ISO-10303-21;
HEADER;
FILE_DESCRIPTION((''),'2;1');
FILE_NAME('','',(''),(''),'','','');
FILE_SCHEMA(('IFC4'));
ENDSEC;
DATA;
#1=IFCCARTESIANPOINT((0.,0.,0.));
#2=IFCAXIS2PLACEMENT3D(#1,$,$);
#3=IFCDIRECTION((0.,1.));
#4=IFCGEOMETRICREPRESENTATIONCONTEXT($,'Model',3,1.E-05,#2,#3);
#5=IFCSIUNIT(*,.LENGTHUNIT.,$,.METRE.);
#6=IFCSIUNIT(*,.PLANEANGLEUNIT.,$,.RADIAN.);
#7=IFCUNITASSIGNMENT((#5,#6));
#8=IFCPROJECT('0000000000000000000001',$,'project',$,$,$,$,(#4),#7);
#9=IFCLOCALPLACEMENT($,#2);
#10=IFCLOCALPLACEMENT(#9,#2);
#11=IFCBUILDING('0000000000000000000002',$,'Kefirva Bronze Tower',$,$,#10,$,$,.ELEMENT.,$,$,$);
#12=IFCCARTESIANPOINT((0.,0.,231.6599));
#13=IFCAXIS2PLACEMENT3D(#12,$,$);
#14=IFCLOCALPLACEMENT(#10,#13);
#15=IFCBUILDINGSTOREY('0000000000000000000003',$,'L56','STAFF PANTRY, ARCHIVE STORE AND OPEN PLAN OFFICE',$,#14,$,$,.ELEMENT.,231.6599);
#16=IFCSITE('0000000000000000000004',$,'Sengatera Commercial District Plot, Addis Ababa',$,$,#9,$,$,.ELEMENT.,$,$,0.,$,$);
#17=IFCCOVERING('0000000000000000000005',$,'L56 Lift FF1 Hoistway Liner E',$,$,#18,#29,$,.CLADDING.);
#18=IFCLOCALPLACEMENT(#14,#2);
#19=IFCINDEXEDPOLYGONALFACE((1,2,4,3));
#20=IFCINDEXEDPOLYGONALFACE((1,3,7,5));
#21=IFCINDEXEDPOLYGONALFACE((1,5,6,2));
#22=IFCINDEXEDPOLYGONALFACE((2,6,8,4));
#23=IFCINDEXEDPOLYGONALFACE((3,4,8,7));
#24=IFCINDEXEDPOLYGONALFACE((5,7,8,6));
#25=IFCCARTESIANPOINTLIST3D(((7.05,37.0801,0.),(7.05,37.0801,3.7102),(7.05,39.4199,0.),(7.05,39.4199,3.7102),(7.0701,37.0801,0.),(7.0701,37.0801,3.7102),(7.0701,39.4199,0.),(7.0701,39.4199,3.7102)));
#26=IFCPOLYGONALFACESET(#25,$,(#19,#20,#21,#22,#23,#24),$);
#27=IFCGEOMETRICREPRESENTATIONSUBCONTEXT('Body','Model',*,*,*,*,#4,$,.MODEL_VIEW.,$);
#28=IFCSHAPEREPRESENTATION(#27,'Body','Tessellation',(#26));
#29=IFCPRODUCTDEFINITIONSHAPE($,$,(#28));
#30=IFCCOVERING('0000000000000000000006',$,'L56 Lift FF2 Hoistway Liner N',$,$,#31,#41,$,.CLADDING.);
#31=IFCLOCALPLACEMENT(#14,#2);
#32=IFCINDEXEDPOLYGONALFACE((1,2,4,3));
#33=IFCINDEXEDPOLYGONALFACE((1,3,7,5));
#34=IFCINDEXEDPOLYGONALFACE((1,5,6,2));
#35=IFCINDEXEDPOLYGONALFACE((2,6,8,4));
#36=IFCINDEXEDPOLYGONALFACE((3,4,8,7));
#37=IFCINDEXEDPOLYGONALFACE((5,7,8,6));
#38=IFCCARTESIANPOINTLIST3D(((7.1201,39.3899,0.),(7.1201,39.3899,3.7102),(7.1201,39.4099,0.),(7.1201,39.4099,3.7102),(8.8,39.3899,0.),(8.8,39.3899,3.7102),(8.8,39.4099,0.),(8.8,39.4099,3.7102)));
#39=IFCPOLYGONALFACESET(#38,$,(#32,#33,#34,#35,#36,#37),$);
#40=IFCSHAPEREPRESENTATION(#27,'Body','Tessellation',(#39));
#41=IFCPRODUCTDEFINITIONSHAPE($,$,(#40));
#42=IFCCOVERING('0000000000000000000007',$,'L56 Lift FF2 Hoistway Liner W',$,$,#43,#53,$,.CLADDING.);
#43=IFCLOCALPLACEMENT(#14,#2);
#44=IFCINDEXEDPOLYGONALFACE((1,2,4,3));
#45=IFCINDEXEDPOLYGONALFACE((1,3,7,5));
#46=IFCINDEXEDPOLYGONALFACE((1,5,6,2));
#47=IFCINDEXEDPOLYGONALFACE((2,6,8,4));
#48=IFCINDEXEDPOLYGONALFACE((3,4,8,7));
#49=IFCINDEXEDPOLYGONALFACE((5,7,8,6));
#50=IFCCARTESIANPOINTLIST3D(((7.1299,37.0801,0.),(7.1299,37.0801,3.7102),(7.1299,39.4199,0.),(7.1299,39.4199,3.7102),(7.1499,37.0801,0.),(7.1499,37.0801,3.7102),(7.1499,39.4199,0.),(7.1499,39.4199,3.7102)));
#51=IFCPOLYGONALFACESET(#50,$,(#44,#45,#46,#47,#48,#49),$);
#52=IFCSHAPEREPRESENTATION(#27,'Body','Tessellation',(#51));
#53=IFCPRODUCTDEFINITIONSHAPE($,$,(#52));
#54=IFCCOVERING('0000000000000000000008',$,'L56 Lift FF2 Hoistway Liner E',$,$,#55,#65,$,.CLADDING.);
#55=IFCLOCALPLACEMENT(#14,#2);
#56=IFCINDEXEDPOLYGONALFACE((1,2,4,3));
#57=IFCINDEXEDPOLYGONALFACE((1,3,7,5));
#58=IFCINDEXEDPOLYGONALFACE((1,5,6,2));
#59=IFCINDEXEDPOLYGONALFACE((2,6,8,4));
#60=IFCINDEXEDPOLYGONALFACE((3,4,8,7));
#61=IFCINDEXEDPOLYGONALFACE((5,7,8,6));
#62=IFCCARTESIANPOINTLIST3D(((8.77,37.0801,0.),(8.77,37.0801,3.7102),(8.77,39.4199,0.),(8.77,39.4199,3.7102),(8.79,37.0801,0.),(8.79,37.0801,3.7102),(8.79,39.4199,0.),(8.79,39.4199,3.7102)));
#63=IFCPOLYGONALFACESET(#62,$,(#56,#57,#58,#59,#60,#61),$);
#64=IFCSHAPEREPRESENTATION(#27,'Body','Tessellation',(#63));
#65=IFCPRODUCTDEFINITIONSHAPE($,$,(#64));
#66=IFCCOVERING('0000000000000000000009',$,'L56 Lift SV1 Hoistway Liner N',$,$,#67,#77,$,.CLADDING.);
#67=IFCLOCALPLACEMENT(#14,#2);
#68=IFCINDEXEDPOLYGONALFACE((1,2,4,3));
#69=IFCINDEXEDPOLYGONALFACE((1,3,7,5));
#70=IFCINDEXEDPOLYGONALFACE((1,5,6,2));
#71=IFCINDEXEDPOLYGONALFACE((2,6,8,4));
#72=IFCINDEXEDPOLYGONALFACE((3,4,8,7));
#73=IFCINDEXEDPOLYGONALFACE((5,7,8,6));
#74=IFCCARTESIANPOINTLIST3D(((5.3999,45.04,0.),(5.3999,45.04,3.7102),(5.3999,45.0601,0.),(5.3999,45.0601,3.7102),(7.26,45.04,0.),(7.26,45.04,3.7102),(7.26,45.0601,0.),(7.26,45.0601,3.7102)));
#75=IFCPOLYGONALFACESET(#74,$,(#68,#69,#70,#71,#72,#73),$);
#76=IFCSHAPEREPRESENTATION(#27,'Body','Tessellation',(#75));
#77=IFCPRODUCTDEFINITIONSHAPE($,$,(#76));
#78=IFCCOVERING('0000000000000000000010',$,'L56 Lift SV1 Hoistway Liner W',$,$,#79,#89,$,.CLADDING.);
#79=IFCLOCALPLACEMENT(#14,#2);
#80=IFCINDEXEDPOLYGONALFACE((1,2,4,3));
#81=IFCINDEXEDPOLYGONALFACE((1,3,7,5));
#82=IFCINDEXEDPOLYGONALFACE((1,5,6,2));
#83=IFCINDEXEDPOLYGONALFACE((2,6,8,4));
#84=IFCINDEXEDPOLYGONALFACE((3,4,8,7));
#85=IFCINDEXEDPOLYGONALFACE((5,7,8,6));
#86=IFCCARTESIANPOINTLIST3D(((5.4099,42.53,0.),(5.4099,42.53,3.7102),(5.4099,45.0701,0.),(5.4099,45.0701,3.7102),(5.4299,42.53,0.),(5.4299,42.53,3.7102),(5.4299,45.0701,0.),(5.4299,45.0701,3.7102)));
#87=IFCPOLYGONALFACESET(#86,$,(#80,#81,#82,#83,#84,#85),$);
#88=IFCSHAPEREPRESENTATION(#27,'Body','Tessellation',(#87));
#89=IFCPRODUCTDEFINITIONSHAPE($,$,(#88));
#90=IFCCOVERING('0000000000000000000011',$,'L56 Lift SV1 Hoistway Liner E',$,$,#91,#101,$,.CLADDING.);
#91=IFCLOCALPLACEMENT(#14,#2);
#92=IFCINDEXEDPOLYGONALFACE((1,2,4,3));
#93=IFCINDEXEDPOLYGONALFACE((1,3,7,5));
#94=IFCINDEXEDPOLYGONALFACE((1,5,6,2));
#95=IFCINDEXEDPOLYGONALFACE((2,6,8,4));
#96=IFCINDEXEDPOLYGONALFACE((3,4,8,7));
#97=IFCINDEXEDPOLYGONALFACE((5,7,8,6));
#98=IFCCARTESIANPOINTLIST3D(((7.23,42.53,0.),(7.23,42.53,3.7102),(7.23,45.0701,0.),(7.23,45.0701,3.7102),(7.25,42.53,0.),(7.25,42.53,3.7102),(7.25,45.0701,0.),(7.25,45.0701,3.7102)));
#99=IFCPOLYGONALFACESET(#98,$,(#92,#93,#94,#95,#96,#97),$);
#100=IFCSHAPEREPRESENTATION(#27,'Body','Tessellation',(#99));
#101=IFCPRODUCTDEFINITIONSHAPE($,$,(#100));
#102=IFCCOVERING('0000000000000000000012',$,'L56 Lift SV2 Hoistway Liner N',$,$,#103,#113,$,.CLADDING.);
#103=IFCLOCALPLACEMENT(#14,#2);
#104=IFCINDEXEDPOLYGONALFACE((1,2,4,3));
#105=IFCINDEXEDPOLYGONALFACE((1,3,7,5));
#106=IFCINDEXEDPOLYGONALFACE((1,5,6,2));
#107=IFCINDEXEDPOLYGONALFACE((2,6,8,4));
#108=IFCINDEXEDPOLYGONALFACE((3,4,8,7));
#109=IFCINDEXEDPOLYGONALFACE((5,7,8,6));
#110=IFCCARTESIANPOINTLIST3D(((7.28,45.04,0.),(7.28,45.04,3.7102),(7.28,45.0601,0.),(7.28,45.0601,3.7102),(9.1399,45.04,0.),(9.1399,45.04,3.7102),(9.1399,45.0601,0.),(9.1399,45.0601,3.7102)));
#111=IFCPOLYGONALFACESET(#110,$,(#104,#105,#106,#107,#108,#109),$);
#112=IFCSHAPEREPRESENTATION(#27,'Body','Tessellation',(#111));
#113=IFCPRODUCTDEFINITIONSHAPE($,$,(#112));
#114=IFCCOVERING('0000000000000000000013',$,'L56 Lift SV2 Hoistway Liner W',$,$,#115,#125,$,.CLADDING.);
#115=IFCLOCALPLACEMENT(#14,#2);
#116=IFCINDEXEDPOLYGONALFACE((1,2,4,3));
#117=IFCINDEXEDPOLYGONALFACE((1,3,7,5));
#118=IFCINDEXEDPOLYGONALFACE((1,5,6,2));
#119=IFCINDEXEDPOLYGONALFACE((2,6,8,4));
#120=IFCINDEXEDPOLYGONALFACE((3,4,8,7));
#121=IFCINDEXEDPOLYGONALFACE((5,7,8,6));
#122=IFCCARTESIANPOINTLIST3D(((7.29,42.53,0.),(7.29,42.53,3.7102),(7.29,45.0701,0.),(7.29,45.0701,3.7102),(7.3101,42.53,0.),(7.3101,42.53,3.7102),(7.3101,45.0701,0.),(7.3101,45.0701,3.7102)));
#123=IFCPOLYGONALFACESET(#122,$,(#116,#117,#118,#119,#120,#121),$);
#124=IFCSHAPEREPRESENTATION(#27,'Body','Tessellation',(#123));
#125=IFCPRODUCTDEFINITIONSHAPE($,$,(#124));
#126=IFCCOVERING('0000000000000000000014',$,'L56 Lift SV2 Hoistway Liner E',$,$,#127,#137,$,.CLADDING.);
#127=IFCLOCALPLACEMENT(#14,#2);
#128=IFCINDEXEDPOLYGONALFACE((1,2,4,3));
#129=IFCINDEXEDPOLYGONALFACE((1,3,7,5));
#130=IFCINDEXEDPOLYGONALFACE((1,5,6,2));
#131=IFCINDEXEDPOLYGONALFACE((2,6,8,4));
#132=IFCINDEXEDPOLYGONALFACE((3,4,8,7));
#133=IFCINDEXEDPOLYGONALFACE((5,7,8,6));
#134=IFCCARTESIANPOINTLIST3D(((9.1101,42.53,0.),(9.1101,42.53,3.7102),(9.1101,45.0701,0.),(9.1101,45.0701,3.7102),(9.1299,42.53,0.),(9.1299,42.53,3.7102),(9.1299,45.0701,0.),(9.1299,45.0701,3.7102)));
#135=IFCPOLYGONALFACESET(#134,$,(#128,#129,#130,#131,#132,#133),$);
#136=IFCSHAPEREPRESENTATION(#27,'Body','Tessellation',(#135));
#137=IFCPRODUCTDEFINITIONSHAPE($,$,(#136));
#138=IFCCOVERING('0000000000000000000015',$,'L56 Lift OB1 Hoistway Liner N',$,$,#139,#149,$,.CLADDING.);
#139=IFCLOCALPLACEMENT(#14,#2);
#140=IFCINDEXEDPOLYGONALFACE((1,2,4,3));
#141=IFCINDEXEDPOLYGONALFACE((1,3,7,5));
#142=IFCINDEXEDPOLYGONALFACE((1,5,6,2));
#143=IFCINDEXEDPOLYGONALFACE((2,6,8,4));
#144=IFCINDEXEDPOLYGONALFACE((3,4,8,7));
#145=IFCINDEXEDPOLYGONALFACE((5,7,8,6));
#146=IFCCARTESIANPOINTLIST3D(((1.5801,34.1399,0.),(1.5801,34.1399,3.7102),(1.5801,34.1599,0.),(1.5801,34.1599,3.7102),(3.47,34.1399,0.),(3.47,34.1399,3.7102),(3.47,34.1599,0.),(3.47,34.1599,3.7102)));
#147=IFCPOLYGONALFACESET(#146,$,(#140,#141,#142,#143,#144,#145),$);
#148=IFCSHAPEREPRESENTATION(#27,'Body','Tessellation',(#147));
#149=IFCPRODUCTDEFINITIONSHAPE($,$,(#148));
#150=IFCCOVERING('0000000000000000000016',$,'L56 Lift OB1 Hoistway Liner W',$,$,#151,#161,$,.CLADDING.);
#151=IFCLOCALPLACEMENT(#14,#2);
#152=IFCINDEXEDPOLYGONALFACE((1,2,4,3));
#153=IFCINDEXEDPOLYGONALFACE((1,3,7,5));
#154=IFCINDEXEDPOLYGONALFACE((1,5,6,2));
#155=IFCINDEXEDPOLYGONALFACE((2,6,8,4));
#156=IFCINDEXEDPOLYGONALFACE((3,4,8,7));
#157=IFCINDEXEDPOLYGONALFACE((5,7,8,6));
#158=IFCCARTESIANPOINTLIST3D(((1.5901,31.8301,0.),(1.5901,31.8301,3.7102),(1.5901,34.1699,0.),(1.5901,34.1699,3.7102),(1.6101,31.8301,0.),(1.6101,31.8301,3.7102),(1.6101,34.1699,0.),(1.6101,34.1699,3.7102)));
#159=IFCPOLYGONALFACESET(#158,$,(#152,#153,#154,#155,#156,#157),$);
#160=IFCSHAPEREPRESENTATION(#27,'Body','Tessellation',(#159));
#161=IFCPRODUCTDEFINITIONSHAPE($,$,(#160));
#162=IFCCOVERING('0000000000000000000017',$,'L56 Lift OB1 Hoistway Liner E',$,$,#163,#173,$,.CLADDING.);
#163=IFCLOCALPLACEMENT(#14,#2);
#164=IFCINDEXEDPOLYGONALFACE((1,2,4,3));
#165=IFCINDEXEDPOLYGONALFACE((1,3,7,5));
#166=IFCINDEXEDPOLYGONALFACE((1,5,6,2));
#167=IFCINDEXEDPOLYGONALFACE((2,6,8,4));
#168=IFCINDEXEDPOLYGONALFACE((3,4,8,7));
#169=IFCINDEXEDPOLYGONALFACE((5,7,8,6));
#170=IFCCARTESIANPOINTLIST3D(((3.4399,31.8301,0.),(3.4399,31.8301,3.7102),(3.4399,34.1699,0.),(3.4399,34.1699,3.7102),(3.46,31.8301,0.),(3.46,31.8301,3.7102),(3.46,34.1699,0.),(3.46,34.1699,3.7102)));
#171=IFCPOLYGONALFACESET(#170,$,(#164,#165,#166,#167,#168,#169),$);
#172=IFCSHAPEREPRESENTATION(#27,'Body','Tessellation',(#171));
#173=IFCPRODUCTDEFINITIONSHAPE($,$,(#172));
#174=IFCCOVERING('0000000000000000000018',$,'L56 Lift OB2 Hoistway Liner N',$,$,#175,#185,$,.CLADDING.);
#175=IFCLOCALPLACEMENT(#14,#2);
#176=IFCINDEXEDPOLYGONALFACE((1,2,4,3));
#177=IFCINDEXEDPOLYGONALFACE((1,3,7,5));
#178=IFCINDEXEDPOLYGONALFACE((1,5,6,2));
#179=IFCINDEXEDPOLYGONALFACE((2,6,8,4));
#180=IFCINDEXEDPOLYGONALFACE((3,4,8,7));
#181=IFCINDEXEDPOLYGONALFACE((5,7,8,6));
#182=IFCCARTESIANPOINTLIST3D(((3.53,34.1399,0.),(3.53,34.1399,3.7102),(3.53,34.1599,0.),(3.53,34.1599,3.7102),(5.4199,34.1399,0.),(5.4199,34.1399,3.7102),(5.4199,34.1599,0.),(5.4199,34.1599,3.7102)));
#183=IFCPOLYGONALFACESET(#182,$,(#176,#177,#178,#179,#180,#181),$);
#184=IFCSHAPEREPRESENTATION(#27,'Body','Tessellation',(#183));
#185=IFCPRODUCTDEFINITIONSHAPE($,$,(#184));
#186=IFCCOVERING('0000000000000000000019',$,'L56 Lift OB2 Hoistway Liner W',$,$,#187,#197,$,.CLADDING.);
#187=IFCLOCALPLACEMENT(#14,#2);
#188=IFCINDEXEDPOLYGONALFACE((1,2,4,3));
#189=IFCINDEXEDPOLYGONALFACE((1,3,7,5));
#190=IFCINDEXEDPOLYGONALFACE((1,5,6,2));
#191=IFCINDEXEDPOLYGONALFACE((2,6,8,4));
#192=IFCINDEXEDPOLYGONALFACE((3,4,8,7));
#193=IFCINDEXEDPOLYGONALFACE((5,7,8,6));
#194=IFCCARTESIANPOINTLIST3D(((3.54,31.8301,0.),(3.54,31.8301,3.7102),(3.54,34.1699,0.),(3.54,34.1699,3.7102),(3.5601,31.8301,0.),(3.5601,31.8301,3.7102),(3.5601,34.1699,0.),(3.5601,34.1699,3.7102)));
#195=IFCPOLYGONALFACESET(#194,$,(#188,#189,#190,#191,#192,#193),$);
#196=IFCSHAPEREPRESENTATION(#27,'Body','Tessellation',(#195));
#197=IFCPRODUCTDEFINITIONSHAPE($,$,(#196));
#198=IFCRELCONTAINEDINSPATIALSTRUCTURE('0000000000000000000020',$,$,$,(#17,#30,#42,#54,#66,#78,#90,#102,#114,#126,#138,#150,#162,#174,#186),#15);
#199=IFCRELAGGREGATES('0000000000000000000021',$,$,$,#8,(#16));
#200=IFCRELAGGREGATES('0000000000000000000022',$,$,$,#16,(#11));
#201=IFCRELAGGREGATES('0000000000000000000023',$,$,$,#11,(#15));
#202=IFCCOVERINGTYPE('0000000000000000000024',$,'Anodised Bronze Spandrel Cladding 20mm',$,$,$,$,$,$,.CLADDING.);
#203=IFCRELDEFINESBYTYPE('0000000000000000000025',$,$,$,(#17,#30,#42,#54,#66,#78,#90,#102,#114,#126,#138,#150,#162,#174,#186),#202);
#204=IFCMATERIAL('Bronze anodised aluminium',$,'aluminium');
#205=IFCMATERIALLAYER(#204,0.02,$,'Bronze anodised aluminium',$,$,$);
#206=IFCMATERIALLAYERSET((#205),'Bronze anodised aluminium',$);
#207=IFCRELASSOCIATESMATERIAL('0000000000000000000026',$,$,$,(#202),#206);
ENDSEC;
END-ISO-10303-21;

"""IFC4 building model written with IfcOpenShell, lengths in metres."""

from ifc_helpers import new_model, si_unit, direction, frame, origin, place, context, subcontext, project, spatial, polyline, outline, extrude, material, layer, layer_set, type_object, element, save


model = new_model("IFC4")

# Units and contexts
model_context = context("Model", 3, precision=1e-05, world=origin(), true_north=direction((0.0, 1.0)))
body_context = subcontext(model_context, "Body", "Model", "MODEL_VIEW")
ifc_project = project(units=[si_unit("LENGTHUNIT", "METRE"), si_unit("PLANEANGLEUNIT", "RADIAN")], contexts=[model_context])

# Site, building, storey
site_placement = place(None, origin())
site = spatial("IfcSite", under=ifc_project, at=site_placement, Name="Sengatera Commercial District Plot, Addis Ababa", CompositionType="ELEMENT", RefElevation=0.0)
building_placement = place(site_placement, origin())
building = spatial("IfcBuilding", under=site, at=building_placement, Name="Kefirva Bronze Tower", CompositionType="ELEMENT")
storey_placement = place(building_placement, frame((0.0, 0.0, 231.6599)))
storey = spatial("IfcBuildingStorey", under=building, at=storey_placement, Name="L56", Description="STAFF PANTRY, ARCHIVE STORE AND OPEN PLAN OFFICE", CompositionType="ELEMENT", Elevation=231.6599)

# Shared definitions
ifc_material_1 = material(Name="Bronze anodised aluminium", Category="aluminium")

# Coverings
ifc_layer_1 = layer(ifc_material_1, 0.02, Name="Bronze anodised aluminium")
ifc_layer_set_1 = layer_set([ifc_layer_1], Name="Bronze anodised aluminium")
covering_type_1 = type_object("IfcCoveringType", Name="Anodised Bronze Spandrel Cladding 20mm", PredefinedType="CLADDING", material=ifc_layer_set_1)
covering_1_placement = place(storey_placement, origin())
element("IfcCovering", 1, at=covering_1_placement, inside=storey, type_object=covering_type_1, Name="L56 Lift FF1 Hoistway Liner E", PredefinedType="CLADDING", context=body_context, shape_type="SweptSolid", body=[
    extrude(outline(polyline([(7.05, 37.0801), (7.0701, 37.0801), (7.0701, 39.4199), (7.05, 39.4199), (7.05, 37.0801)])), origin(), (0.0, 0.0, 1.0), 3.7102),
])
covering_2_placement = place(storey_placement, origin())
element("IfcCovering", 2, at=covering_2_placement, inside=storey, type_object=covering_type_1, Name="L56 Lift FF2 Hoistway Liner N", PredefinedType="CLADDING", context=body_context, shape_type="SweptSolid", body=[
    extrude(outline(polyline([(7.1201, 39.3899), (8.8, 39.3899), (8.8, 39.4099), (7.1201, 39.4099), (7.1201, 39.3899)])), origin(), (0.0, 0.0, 1.0), 3.7102),
])
covering_3_placement = place(storey_placement, origin())
element("IfcCovering", 3, at=covering_3_placement, inside=storey, type_object=covering_type_1, Name="L56 Lift FF2 Hoistway Liner W", PredefinedType="CLADDING", context=body_context, shape_type="SweptSolid", body=[
    extrude(outline(polyline([(7.1299, 37.0801), (7.1499, 37.0801), (7.1499, 39.4199), (7.1299, 39.4199), (7.1299, 37.0801)])), origin(), (0.0, 0.0, 1.0), 3.7102),
])
covering_4_placement = place(storey_placement, origin())
element("IfcCovering", 4, at=covering_4_placement, inside=storey, type_object=covering_type_1, Name="L56 Lift FF2 Hoistway Liner E", PredefinedType="CLADDING", context=body_context, shape_type="SweptSolid", body=[
    extrude(outline(polyline([(8.77, 37.0801), (8.79, 37.0801), (8.79, 39.4199), (8.77, 39.4199), (8.77, 37.0801)])), origin(), (0.0, 0.0, 1.0), 3.7102),
])
covering_5_placement = place(storey_placement, origin())
element("IfcCovering", 5, at=covering_5_placement, inside=storey, type_object=covering_type_1, Name="L56 Lift SV1 Hoistway Liner N", PredefinedType="CLADDING", context=body_context, shape_type="SweptSolid", body=[
    extrude(outline(polyline([(5.3999, 45.04), (7.26, 45.04), (7.26, 45.0601), (5.3999, 45.0601), (5.3999, 45.04)])), origin(), (0.0, 0.0, 1.0), 3.7102),
])
covering_6_placement = place(storey_placement, origin())
element("IfcCovering", 6, at=covering_6_placement, inside=storey, type_object=covering_type_1, Name="L56 Lift SV1 Hoistway Liner W", PredefinedType="CLADDING", context=body_context, shape_type="SweptSolid", body=[
    extrude(outline(polyline([(5.4099, 42.53), (5.4299, 42.53), (5.4299, 45.0701), (5.4099, 45.0701), (5.4099, 42.53)])), origin(), (0.0, 0.0, 1.0), 3.7102),
])
covering_7_placement = place(storey_placement, origin())
element("IfcCovering", 7, at=covering_7_placement, inside=storey, type_object=covering_type_1, Name="L56 Lift SV1 Hoistway Liner E", PredefinedType="CLADDING", context=body_context, shape_type="SweptSolid", body=[
    extrude(outline(polyline([(7.23, 42.53), (7.25, 42.53), (7.25, 45.0701), (7.23, 45.0701), (7.23, 42.53)])), origin(), (0.0, 0.0, 1.0), 3.7102),
])
covering_8_placement = place(storey_placement, origin())
element("IfcCovering", 8, at=covering_8_placement, inside=storey, type_object=covering_type_1, Name="L56 Lift SV2 Hoistway Liner N", PredefinedType="CLADDING", context=body_context, shape_type="SweptSolid", body=[
    extrude(outline(polyline([(7.28, 45.04), (9.1399, 45.04), (9.1399, 45.0601), (7.28, 45.0601), (7.28, 45.04)])), origin(), (0.0, 0.0, 1.0), 3.7102),
])
covering_9_placement = place(storey_placement, origin())
element("IfcCovering", 9, at=covering_9_placement, inside=storey, type_object=covering_type_1, Name="L56 Lift SV2 Hoistway Liner W", PredefinedType="CLADDING", context=body_context, shape_type="SweptSolid", body=[
    extrude(outline(polyline([(7.29, 42.53), (7.3101, 42.53), (7.3101, 45.0701), (7.29, 45.0701), (7.29, 42.53)])), origin(), (0.0, 0.0, 1.0), 3.7102),
])
covering_10_placement = place(storey_placement, origin())
element("IfcCovering", 10, at=covering_10_placement, inside=storey, type_object=covering_type_1, Name="L56 Lift SV2 Hoistway Liner E", PredefinedType="CLADDING", context=body_context, shape_type="SweptSolid", body=[
    extrude(outline(polyline([(9.1101, 42.53), (9.1299, 42.53), (9.1299, 45.0701), (9.1101, 45.0701), (9.1101, 42.53)])), origin(), (0.0, 0.0, 1.0), 3.7102),
])
covering_11_placement = place(storey_placement, origin())
element("IfcCovering", 11, at=covering_11_placement, inside=storey, type_object=covering_type_1, Name="L56 Lift OB1 Hoistway Liner N", PredefinedType="CLADDING", context=body_context, shape_type="SweptSolid", body=[
    extrude(outline(polyline([(1.5801, 34.1399), (3.47, 34.1399), (3.47, 34.1599), (1.5801, 34.1599), (1.5801, 34.1399)])), origin(), (0.0, 0.0, 1.0), 3.7102),
])
covering_12_placement = place(storey_placement, origin())
element("IfcCovering", 12, at=covering_12_placement, inside=storey, type_object=covering_type_1, Name="L56 Lift OB1 Hoistway Liner W", PredefinedType="CLADDING", context=body_context, shape_type="SweptSolid", body=[
    extrude(outline(polyline([(1.5901, 31.8301), (1.6101, 31.8301), (1.6101, 34.1699), (1.5901, 34.1699), (1.5901, 31.8301)])), origin(), (0.0, 0.0, 1.0), 3.7102),
])
covering_13_placement = place(storey_placement, origin())
element("IfcCovering", 13, at=covering_13_placement, inside=storey, type_object=covering_type_1, Name="L56 Lift OB1 Hoistway Liner E", PredefinedType="CLADDING", context=body_context, shape_type="SweptSolid", body=[
    extrude(outline(polyline([(3.4399, 31.8301), (3.46, 31.8301), (3.46, 34.1699), (3.4399, 34.1699), (3.4399, 31.8301)])), origin(), (0.0, 0.0, 1.0), 3.7102),
])
covering_14_placement = place(storey_placement, origin())
element("IfcCovering", 14, at=covering_14_placement, inside=storey, type_object=covering_type_1, Name="L56 Lift OB2 Hoistway Liner N", PredefinedType="CLADDING", context=body_context, shape_type="SweptSolid", body=[
    extrude(outline(polyline([(3.53, 34.1399), (5.4199, 34.1399), (5.4199, 34.1599), (3.53, 34.1599), (3.53, 34.1399)])), origin(), (0.0, 0.0, 1.0), 3.7102),
])
covering_15_placement = place(storey_placement, origin())
element("IfcCovering", 15, at=covering_15_placement, inside=storey, type_object=covering_type_1, Name="L56 Lift OB2 Hoistway Liner W", PredefinedType="CLADDING", context=body_context, shape_type="SweptSolid", body=[
    extrude(outline(polyline([(3.54, 31.8301), (3.5601, 31.8301), (3.5601, 34.1699), (3.54, 34.1699), (3.54, 31.8301)])), origin(), (0.0, 0.0, 1.0), 3.7102),
])

save(model, "model.ifc")
